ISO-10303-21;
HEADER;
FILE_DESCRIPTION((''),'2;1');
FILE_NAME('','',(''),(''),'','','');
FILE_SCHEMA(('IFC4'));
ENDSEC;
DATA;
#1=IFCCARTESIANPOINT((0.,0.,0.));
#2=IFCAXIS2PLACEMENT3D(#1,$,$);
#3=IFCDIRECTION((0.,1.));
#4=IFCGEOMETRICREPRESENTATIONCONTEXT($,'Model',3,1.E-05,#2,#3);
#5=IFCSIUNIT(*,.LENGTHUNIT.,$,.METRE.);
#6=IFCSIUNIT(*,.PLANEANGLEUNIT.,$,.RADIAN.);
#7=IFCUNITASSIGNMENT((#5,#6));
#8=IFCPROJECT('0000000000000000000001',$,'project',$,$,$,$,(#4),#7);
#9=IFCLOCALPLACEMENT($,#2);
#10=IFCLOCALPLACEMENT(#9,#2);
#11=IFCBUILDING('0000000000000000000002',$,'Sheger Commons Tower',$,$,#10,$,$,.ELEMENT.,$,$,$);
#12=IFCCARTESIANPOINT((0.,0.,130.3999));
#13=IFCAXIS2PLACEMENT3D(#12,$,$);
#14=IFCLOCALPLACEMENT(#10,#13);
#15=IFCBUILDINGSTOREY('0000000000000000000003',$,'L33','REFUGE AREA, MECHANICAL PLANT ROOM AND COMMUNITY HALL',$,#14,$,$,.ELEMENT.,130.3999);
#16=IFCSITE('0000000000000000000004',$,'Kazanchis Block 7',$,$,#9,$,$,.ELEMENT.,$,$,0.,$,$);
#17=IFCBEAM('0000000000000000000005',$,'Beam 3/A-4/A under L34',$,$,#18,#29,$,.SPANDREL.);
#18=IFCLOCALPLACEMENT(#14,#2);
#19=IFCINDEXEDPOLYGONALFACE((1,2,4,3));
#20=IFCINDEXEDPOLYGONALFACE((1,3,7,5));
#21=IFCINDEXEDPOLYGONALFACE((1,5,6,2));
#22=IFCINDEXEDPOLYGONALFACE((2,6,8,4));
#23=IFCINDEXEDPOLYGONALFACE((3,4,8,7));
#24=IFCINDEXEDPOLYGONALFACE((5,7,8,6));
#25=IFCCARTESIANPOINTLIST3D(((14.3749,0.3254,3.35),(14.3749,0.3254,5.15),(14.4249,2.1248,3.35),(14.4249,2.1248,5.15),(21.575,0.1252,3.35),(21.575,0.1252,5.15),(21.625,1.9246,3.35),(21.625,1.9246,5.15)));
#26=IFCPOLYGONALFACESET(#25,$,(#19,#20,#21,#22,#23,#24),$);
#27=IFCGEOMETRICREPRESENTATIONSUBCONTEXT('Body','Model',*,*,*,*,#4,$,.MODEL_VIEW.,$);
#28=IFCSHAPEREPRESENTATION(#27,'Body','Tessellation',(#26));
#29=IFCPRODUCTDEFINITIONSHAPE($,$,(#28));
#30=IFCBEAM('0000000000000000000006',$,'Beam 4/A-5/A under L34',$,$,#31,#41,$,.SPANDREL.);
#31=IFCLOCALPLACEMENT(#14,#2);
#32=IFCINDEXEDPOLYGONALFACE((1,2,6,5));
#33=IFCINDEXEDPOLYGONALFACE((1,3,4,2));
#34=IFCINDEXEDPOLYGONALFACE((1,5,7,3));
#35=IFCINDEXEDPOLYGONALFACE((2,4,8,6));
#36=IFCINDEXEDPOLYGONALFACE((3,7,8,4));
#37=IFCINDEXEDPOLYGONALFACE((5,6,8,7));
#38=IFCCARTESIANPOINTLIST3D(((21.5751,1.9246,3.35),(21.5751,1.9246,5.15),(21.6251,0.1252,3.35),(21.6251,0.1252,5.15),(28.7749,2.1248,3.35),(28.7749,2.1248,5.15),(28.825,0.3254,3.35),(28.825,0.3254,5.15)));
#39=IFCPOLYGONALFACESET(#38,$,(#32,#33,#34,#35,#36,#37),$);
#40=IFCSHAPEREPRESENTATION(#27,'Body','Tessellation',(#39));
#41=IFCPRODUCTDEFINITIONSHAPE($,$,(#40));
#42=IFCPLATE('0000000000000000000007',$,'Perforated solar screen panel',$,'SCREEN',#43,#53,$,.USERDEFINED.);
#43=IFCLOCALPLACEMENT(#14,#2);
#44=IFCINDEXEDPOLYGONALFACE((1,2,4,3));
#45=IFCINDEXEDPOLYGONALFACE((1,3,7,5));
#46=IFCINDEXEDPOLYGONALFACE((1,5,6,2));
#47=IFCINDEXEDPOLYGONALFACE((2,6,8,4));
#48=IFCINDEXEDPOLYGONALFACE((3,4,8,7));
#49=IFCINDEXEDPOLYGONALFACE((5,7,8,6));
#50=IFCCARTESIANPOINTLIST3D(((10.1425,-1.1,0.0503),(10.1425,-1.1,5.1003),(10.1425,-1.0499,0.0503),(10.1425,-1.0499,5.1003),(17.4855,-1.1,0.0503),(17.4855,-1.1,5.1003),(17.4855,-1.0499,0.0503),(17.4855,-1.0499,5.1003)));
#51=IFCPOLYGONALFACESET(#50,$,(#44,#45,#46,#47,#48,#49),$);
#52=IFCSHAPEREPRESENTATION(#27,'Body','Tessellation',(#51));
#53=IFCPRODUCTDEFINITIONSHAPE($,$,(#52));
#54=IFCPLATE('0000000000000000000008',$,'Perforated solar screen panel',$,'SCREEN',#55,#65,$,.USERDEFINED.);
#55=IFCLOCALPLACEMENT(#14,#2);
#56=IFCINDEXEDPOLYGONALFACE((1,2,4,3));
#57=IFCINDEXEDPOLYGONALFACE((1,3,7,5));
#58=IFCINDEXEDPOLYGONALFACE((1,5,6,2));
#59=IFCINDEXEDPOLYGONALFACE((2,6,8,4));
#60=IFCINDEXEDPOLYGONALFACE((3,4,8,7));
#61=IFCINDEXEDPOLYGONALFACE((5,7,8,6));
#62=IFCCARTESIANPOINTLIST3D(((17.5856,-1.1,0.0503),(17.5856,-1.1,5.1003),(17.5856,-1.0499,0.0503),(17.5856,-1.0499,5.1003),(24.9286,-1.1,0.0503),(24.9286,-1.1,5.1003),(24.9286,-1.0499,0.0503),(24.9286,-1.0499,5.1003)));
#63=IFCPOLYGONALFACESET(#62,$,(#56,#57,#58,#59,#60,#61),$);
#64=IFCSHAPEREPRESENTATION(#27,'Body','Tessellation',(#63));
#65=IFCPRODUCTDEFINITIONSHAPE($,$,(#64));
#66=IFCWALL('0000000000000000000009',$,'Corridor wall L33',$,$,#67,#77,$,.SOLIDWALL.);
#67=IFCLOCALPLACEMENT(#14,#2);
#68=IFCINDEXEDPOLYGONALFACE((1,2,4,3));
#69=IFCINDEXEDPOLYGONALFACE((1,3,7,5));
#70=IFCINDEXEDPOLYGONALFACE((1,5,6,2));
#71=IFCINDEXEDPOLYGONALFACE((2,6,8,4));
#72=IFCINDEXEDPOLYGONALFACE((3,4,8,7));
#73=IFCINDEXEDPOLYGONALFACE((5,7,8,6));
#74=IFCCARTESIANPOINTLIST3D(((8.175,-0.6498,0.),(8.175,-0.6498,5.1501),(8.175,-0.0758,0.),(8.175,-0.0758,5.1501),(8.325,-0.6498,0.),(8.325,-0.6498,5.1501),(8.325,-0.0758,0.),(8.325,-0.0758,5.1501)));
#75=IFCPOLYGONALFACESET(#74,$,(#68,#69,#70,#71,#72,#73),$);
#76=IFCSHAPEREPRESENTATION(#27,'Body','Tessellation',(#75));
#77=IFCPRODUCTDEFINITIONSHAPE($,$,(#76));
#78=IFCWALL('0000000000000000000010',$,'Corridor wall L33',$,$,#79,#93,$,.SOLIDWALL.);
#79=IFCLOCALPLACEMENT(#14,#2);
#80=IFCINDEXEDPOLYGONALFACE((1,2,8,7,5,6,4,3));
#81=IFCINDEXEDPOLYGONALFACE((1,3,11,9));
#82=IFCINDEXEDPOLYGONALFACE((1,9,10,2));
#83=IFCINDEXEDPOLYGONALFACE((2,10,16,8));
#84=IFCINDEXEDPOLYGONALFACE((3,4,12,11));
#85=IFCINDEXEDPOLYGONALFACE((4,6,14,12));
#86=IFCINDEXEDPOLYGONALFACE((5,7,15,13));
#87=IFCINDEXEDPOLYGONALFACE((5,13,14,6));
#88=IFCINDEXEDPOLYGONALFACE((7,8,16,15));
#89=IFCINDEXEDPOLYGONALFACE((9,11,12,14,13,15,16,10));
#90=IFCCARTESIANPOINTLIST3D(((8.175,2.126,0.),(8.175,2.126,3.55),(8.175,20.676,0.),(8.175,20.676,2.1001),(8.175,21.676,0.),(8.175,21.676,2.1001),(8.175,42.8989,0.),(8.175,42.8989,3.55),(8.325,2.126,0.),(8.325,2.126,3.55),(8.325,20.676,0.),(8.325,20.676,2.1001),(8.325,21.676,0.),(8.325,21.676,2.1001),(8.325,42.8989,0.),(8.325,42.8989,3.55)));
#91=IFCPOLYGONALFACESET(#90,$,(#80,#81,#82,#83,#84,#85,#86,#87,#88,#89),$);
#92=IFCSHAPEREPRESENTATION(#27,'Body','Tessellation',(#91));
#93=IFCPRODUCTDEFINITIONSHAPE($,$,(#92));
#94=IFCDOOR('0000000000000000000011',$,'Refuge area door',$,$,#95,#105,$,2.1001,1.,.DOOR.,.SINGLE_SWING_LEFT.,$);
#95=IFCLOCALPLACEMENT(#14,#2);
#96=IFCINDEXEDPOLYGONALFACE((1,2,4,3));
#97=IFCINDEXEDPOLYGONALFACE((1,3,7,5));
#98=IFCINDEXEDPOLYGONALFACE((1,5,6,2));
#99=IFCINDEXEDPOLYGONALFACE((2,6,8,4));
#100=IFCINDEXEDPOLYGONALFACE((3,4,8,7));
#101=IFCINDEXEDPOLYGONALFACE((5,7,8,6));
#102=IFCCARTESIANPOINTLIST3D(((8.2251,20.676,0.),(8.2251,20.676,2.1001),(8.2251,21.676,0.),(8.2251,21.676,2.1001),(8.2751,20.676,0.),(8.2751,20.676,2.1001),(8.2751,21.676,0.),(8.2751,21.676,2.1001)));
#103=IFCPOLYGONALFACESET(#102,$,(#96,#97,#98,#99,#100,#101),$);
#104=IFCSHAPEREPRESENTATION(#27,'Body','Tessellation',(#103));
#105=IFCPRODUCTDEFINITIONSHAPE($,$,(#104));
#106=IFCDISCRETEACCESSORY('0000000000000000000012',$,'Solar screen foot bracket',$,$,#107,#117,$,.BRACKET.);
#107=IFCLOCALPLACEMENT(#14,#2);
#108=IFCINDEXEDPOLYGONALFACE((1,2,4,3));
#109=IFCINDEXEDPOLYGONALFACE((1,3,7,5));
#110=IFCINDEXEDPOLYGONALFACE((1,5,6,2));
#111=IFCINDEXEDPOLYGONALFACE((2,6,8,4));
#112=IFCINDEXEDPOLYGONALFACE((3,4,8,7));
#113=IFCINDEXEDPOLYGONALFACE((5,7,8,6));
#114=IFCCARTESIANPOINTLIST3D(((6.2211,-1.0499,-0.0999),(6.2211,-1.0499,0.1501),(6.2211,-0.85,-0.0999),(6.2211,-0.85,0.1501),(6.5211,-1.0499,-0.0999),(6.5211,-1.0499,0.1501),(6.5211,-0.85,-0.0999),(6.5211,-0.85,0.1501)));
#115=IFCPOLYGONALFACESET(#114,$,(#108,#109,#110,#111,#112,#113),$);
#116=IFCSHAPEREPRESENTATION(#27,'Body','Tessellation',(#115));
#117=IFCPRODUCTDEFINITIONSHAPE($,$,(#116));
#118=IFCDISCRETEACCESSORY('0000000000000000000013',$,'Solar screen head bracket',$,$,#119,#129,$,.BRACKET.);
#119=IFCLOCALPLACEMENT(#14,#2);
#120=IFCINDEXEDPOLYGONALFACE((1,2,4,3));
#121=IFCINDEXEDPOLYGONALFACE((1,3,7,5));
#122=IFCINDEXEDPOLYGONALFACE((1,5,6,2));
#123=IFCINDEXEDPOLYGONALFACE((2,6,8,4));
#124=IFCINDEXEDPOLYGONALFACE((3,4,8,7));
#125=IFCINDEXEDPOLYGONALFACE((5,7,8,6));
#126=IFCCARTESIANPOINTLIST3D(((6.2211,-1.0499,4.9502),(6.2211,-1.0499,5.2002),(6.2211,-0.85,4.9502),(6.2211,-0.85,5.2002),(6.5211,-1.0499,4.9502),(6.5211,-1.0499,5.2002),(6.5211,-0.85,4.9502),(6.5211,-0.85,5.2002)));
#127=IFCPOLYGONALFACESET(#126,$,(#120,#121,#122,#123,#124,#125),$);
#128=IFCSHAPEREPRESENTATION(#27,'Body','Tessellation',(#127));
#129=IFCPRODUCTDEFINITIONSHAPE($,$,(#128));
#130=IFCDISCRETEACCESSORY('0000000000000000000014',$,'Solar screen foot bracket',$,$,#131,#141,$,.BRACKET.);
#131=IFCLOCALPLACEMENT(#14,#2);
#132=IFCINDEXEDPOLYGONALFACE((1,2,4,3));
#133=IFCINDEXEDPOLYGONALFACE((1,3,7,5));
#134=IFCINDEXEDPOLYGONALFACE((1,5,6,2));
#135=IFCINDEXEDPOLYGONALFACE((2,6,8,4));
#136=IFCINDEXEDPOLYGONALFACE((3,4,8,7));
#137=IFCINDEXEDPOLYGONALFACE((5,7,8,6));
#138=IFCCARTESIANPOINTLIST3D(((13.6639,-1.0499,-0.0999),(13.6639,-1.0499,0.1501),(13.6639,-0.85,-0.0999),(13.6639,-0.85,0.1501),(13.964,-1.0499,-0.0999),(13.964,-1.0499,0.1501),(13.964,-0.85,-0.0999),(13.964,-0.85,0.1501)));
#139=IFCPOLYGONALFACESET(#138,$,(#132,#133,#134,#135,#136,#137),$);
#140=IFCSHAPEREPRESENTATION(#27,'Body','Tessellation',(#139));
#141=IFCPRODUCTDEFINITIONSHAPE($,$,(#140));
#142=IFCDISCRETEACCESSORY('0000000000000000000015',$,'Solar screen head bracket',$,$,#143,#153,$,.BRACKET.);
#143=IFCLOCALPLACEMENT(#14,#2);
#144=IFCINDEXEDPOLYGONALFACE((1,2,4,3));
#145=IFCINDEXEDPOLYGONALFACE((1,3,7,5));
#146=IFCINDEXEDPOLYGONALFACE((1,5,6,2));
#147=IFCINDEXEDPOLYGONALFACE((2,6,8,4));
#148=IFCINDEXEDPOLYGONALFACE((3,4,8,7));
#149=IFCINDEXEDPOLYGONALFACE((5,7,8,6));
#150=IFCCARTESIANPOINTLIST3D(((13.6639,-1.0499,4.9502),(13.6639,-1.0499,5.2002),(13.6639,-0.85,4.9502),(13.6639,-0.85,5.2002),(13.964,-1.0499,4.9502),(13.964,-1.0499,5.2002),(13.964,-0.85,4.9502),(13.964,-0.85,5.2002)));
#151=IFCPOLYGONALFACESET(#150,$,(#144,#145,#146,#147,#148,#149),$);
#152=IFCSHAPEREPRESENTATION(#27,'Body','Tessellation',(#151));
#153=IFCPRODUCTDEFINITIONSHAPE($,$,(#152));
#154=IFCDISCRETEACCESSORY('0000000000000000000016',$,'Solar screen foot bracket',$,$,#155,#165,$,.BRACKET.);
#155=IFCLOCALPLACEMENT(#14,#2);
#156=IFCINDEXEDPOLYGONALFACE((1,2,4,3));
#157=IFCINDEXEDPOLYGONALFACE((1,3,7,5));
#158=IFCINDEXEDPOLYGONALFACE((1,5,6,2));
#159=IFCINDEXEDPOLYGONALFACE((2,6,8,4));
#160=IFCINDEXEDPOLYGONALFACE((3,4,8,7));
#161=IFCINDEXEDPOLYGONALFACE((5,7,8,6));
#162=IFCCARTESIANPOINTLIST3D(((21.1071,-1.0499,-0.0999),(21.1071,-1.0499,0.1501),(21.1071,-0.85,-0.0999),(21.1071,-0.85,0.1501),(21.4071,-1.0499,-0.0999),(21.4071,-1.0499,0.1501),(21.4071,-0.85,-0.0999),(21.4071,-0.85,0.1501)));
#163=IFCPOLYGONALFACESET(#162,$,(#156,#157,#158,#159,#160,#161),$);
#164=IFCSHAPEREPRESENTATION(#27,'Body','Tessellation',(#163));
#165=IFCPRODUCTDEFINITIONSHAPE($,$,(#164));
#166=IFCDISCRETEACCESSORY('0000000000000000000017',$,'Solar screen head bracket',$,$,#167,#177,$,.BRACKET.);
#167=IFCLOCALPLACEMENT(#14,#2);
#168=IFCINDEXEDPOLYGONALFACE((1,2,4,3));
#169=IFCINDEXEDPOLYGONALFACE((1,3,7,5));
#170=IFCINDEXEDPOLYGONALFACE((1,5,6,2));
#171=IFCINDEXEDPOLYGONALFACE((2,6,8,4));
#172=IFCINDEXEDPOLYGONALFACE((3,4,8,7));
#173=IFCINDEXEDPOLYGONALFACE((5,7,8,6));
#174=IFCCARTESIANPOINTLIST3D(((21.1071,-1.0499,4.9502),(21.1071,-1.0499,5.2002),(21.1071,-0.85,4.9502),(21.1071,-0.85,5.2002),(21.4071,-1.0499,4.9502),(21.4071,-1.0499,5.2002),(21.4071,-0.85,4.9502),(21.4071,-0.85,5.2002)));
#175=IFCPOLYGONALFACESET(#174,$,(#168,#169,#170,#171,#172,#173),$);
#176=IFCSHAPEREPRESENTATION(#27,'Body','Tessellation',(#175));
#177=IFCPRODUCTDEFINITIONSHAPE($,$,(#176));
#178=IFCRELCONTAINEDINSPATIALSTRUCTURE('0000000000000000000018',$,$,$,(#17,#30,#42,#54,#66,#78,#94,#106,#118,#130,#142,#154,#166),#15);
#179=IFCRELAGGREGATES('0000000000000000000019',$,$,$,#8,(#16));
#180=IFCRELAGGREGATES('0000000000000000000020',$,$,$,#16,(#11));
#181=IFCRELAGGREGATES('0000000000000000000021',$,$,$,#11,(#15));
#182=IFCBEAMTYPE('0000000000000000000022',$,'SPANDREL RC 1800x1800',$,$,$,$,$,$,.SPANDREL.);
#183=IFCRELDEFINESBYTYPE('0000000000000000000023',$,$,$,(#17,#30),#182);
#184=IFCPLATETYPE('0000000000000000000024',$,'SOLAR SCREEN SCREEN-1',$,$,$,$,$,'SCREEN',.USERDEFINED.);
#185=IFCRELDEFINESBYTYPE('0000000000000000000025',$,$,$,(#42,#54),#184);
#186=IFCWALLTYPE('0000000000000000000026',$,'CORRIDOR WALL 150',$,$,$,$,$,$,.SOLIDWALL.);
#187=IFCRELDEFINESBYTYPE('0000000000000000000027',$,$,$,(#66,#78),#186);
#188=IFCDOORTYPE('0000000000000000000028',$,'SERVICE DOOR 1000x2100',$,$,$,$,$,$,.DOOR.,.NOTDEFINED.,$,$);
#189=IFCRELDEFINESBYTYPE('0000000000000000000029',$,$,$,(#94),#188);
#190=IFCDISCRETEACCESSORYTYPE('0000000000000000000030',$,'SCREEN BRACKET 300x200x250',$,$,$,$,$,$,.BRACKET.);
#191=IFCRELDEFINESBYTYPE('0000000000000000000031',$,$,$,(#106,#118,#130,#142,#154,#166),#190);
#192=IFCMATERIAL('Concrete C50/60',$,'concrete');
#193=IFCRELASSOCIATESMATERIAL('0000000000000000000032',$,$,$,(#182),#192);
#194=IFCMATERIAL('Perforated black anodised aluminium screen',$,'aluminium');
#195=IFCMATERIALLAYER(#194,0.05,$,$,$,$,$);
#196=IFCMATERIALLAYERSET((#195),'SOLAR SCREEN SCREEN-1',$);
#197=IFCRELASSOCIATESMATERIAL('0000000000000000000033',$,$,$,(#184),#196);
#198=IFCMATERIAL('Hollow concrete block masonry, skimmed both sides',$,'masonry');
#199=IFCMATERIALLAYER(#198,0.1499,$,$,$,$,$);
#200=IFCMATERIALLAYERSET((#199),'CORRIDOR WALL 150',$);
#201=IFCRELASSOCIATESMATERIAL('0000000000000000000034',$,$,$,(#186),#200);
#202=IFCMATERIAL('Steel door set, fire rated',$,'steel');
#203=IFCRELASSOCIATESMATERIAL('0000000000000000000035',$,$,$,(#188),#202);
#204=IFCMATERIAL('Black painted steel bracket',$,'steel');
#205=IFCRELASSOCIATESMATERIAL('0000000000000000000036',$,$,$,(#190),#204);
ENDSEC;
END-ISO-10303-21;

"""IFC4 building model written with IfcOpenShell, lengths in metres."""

from ifc_helpers import new_model, si_unit, direction, frame, frame_2d, origin, origin_2d, place, context, subcontext, project, spatial, rectangle, extrude, material, layer, layer_set, material_profile, profile_set, type_object, element, fill, save


model = new_model("IFC4")

# Units and contexts
model_context = context("Model", 3, precision=1e-05, world=origin(), true_north=direction((0.0, 1.0)))
body_context = subcontext(model_context, "Body", "Model", "MODEL_VIEW")
ifc_project = project(units=[si_unit("LENGTHUNIT", "METRE"), si_unit("PLANEANGLEUNIT", "RADIAN")], contexts=[model_context])

# Site, building, storey
site_placement = place(None, origin())
site = spatial("IfcSite", under=ifc_project, at=site_placement, Name="Kazanchis Block 7", CompositionType="ELEMENT", RefElevation=0.0)
building_placement = place(site_placement, origin())
building = spatial("IfcBuilding", under=site, at=building_placement, Name="Sheger Commons Tower", CompositionType="ELEMENT")
storey_placement = place(building_placement, frame((0.0, 0.0, 130.3999)))
storey = spatial("IfcBuildingStorey", under=building, at=storey_placement, Name="L33", Description="REFUGE AREA, MECHANICAL PLANT ROOM AND COMMUNITY HALL", CompositionType="ELEMENT", Elevation=130.3999)

# Beams
ifc_material_1 = material(Name="Concrete C50/60", Category="concrete")
ifc_material_profile_1 = material_profile(ifc_material_1, rectangle(XDim=1.8, YDim=1.8, at=origin_2d()), Name="RC 1800x1800")
ifc_profile_set_1 = profile_set([ifc_material_profile_1], Name="Concrete C50/60")
beam_type_1 = type_object("IfcBeamType", Name="SPANDREL RC 1800x1800", PredefinedType="SPANDREL", material=ifc_profile_set_1)
beam_1_placement = place(storey_placement, frame((14.3999, 1.2251, 4.25), z_axis=(0.999614, -0.027793, 0.0), x_axis=(0.027793, 0.999614, 0.0)))
element("IfcBeam", 1, at=beam_1_placement, inside=storey, type_object=beam_type_1, Name="Beam 3/A-4/A under L34", PredefinedType="SPANDREL", context=body_context, shape_type="SweptSolid", body=[
    extrude(rectangle(XDim=1.8, YDim=1.8, at=origin_2d()), origin(), (0.0, 0.0, 1.0), 7.2029),
])
beam_2_placement = place(storey_placement, frame((21.6001, 1.0249, 4.25), z_axis=(0.999614, 0.027794, 0.0), x_axis=(-0.027794, 0.999614, 0.0)))
element("IfcBeam", 2, at=beam_2_placement, inside=storey, type_object=beam_type_1, Name="Beam 4/A-5/A under L34", PredefinedType="SPANDREL", context=body_context, shape_type="SweptSolid", body=[
    extrude(rectangle(XDim=1.8, YDim=1.8, at=origin_2d()), origin(), (0.0, 0.0, 1.0), 7.2026),
])

# Plates
ifc_material_2 = material(Name="Perforated black anodised aluminium screen", Category="aluminium")
ifc_layer_1 = layer(ifc_material_2, 0.05)
ifc_layer_set_1 = layer_set([ifc_layer_1], Name="SOLAR SCREEN SCREEN-1")
plate_type = type_object("IfcPlateType", Name="SOLAR SCREEN SCREEN-1", ElementType="SCREEN", PredefinedType="USERDEFINED", material=ifc_layer_set_1)
for number, where, z_axis, x_axis, name in (
    (3, (13.814, -1.075, 0.0503), (0.0, 0.0, 1.0), (1.0, 0.0, 0.0), "Perforated solar screen panel"),
    (4, (21.2571, -1.075, 0.0503), (0.0, 0.0, 1.0), (1.0, 0.0, 0.0), "Perforated solar screen panel"),
):
    element("IfcPlate", number, at=place(storey_placement, frame(where, z_axis=z_axis, x_axis=x_axis)), inside=storey, type_object=plate_type, Name=name, ObjectType="SCREEN", PredefinedType="USERDEFINED", context=body_context, shape_type="SweptSolid", body=[
        extrude(rectangle(XDim=7.343, YDim=0.05, at=origin_2d()), origin(), (0.0, 0.0, 1.0), 5.05),
    ])

# Wall
ifc_material_3 = material(Name="Hollow concrete block masonry, skimmed both sides", Category="masonry")
ifc_layer_2 = layer(ifc_material_3, 0.1499)
ifc_layer_set_2 = layer_set([ifc_layer_2], Name="CORRIDOR WALL 150")
wall_type = type_object("IfcWallType", Name="CORRIDOR WALL 150", PredefinedType="SOLIDWALL", material=ifc_layer_set_2)
wall_1_placement = place(storey_placement, frame((8.25, -0.6499, 0.0), z_axis=(0.0, 0.0, 1.0), x_axis=(0.0, 1.0, 0.0)))
element("IfcWall", 5, at=wall_1_placement, inside=storey, type_object=wall_type, Name="Corridor wall L33", PredefinedType="SOLIDWALL", context=body_context, shape_type="SweptSolid", body=[
    extrude(rectangle(XDim=0.574, YDim=0.1499, at=frame_2d((0.2871, 0.0))), origin(), (0.0, 0.0, 1.0), 5.1501),
])

# Wall, opening, door
wall_2_placement = place(storey_placement, frame((8.25, 2.126, 0.0), z_axis=(0.0, 0.0, 1.0), x_axis=(0.0, 1.0, 0.0)))
wall_2 = element("IfcWall", 6, at=wall_2_placement, inside=storey, type_object=wall_type, Name="Corridor wall L33", PredefinedType="SOLIDWALL", context=body_context, shape_type="SweptSolid", body=[
    extrude(rectangle(XDim=40.7729, YDim=0.1499, at=frame_2d((20.3865, 0.0))), origin(), (0.0, 0.0, 1.0), 3.55),
])
opening_placement = place(wall_2_placement, frame((18.55, 0.0, 0.0)))
opening = element("IfcOpeningElement", 7, at=opening_placement, cuts=wall_2, PredefinedType="OPENING", context=body_context, shape_type="SweptSolid", body=[
    extrude(rectangle(XDim=1.0, YDim=2.1001, at=frame_2d((0.5, 1.05))), frame((0.0, 0.085, 0.0), z_axis=(0.0, -1.0, 0.0), x_axis=(1.0, 0.0, 0.0)), (0.0, 0.0, 1.0), 0.1699),
])
ifc_material_4 = material(Name="Steel door set, fire rated", Category="steel")
door_type = type_object("IfcDoorType", Name="SERVICE DOOR 1000x2100", OperationType="NOTDEFINED", PredefinedType="DOOR", material=ifc_material_4)
door_placement = place(opening_placement, origin())
door = element("IfcDoor", 8, at=door_placement, inside=storey, type_object=door_type, Name="Refuge area door", OperationType="SINGLE_SWING_LEFT", OverallHeight=2.1001, OverallWidth=1.0, PredefinedType="DOOR", context=body_context, shape_type="SweptSolid", body=[
    extrude(rectangle(XDim=1.0, YDim=2.1001, at=frame_2d((0.5, 1.05))), frame((0.0, 0.0249, 0.0), z_axis=(0.0, -1.0, 0.0), x_axis=(1.0, 0.0, 0.0)), (0.0, 0.0, 1.0), 0.05),
])
fill(opening, door)

# Discrete accessories
ifc_material_5 = material(Name="Black painted steel bracket", Category="steel")
discrete_accessory_type = type_object("IfcDiscreteAccessoryType", Name="SCREEN BRACKET 300x200x250", PredefinedType="BRACKET", material=ifc_material_5)
for number, where, z_axis, x_axis, name in (
    (9, (6.3711, -0.95, -0.0999), (0.0, 0.0, 1.0), (1.0, 0.0, 0.0), "Solar screen foot bracket"),
    (10, (6.3711, -0.95, 4.9502), (0.0, 0.0, 1.0), (1.0, 0.0, 0.0), "Solar screen head bracket"),
    (11, (13.814, -0.95, -0.0999), (0.0, 0.0, 1.0), (1.0, 0.0, 0.0), "Solar screen foot bracket"),
    (12, (13.814, -0.95, 4.9502), (0.0, 0.0, 1.0), (1.0, 0.0, 0.0), "Solar screen head bracket"),
    (13, (21.2571, -0.95, -0.0999), (0.0, 0.0, 1.0), (1.0, 0.0, 0.0), "Solar screen foot bracket"),
    (14, (21.2571, -0.95, 4.9502), (0.0, 0.0, 1.0), (1.0, 0.0, 0.0), "Solar screen head bracket"),
):
    element("IfcDiscreteAccessory", number, at=place(storey_placement, frame(where, z_axis=z_axis, x_axis=x_axis)), inside=storey, type_object=discrete_accessory_type, Name=name, PredefinedType="BRACKET", context=body_context, shape_type="SweptSolid", body=[
        extrude(rectangle(XDim=0.3, YDim=0.2, at=origin_2d()), origin(), (0.0, 0.0, 1.0), 0.25),
    ])

save(model, "model.ifc")
